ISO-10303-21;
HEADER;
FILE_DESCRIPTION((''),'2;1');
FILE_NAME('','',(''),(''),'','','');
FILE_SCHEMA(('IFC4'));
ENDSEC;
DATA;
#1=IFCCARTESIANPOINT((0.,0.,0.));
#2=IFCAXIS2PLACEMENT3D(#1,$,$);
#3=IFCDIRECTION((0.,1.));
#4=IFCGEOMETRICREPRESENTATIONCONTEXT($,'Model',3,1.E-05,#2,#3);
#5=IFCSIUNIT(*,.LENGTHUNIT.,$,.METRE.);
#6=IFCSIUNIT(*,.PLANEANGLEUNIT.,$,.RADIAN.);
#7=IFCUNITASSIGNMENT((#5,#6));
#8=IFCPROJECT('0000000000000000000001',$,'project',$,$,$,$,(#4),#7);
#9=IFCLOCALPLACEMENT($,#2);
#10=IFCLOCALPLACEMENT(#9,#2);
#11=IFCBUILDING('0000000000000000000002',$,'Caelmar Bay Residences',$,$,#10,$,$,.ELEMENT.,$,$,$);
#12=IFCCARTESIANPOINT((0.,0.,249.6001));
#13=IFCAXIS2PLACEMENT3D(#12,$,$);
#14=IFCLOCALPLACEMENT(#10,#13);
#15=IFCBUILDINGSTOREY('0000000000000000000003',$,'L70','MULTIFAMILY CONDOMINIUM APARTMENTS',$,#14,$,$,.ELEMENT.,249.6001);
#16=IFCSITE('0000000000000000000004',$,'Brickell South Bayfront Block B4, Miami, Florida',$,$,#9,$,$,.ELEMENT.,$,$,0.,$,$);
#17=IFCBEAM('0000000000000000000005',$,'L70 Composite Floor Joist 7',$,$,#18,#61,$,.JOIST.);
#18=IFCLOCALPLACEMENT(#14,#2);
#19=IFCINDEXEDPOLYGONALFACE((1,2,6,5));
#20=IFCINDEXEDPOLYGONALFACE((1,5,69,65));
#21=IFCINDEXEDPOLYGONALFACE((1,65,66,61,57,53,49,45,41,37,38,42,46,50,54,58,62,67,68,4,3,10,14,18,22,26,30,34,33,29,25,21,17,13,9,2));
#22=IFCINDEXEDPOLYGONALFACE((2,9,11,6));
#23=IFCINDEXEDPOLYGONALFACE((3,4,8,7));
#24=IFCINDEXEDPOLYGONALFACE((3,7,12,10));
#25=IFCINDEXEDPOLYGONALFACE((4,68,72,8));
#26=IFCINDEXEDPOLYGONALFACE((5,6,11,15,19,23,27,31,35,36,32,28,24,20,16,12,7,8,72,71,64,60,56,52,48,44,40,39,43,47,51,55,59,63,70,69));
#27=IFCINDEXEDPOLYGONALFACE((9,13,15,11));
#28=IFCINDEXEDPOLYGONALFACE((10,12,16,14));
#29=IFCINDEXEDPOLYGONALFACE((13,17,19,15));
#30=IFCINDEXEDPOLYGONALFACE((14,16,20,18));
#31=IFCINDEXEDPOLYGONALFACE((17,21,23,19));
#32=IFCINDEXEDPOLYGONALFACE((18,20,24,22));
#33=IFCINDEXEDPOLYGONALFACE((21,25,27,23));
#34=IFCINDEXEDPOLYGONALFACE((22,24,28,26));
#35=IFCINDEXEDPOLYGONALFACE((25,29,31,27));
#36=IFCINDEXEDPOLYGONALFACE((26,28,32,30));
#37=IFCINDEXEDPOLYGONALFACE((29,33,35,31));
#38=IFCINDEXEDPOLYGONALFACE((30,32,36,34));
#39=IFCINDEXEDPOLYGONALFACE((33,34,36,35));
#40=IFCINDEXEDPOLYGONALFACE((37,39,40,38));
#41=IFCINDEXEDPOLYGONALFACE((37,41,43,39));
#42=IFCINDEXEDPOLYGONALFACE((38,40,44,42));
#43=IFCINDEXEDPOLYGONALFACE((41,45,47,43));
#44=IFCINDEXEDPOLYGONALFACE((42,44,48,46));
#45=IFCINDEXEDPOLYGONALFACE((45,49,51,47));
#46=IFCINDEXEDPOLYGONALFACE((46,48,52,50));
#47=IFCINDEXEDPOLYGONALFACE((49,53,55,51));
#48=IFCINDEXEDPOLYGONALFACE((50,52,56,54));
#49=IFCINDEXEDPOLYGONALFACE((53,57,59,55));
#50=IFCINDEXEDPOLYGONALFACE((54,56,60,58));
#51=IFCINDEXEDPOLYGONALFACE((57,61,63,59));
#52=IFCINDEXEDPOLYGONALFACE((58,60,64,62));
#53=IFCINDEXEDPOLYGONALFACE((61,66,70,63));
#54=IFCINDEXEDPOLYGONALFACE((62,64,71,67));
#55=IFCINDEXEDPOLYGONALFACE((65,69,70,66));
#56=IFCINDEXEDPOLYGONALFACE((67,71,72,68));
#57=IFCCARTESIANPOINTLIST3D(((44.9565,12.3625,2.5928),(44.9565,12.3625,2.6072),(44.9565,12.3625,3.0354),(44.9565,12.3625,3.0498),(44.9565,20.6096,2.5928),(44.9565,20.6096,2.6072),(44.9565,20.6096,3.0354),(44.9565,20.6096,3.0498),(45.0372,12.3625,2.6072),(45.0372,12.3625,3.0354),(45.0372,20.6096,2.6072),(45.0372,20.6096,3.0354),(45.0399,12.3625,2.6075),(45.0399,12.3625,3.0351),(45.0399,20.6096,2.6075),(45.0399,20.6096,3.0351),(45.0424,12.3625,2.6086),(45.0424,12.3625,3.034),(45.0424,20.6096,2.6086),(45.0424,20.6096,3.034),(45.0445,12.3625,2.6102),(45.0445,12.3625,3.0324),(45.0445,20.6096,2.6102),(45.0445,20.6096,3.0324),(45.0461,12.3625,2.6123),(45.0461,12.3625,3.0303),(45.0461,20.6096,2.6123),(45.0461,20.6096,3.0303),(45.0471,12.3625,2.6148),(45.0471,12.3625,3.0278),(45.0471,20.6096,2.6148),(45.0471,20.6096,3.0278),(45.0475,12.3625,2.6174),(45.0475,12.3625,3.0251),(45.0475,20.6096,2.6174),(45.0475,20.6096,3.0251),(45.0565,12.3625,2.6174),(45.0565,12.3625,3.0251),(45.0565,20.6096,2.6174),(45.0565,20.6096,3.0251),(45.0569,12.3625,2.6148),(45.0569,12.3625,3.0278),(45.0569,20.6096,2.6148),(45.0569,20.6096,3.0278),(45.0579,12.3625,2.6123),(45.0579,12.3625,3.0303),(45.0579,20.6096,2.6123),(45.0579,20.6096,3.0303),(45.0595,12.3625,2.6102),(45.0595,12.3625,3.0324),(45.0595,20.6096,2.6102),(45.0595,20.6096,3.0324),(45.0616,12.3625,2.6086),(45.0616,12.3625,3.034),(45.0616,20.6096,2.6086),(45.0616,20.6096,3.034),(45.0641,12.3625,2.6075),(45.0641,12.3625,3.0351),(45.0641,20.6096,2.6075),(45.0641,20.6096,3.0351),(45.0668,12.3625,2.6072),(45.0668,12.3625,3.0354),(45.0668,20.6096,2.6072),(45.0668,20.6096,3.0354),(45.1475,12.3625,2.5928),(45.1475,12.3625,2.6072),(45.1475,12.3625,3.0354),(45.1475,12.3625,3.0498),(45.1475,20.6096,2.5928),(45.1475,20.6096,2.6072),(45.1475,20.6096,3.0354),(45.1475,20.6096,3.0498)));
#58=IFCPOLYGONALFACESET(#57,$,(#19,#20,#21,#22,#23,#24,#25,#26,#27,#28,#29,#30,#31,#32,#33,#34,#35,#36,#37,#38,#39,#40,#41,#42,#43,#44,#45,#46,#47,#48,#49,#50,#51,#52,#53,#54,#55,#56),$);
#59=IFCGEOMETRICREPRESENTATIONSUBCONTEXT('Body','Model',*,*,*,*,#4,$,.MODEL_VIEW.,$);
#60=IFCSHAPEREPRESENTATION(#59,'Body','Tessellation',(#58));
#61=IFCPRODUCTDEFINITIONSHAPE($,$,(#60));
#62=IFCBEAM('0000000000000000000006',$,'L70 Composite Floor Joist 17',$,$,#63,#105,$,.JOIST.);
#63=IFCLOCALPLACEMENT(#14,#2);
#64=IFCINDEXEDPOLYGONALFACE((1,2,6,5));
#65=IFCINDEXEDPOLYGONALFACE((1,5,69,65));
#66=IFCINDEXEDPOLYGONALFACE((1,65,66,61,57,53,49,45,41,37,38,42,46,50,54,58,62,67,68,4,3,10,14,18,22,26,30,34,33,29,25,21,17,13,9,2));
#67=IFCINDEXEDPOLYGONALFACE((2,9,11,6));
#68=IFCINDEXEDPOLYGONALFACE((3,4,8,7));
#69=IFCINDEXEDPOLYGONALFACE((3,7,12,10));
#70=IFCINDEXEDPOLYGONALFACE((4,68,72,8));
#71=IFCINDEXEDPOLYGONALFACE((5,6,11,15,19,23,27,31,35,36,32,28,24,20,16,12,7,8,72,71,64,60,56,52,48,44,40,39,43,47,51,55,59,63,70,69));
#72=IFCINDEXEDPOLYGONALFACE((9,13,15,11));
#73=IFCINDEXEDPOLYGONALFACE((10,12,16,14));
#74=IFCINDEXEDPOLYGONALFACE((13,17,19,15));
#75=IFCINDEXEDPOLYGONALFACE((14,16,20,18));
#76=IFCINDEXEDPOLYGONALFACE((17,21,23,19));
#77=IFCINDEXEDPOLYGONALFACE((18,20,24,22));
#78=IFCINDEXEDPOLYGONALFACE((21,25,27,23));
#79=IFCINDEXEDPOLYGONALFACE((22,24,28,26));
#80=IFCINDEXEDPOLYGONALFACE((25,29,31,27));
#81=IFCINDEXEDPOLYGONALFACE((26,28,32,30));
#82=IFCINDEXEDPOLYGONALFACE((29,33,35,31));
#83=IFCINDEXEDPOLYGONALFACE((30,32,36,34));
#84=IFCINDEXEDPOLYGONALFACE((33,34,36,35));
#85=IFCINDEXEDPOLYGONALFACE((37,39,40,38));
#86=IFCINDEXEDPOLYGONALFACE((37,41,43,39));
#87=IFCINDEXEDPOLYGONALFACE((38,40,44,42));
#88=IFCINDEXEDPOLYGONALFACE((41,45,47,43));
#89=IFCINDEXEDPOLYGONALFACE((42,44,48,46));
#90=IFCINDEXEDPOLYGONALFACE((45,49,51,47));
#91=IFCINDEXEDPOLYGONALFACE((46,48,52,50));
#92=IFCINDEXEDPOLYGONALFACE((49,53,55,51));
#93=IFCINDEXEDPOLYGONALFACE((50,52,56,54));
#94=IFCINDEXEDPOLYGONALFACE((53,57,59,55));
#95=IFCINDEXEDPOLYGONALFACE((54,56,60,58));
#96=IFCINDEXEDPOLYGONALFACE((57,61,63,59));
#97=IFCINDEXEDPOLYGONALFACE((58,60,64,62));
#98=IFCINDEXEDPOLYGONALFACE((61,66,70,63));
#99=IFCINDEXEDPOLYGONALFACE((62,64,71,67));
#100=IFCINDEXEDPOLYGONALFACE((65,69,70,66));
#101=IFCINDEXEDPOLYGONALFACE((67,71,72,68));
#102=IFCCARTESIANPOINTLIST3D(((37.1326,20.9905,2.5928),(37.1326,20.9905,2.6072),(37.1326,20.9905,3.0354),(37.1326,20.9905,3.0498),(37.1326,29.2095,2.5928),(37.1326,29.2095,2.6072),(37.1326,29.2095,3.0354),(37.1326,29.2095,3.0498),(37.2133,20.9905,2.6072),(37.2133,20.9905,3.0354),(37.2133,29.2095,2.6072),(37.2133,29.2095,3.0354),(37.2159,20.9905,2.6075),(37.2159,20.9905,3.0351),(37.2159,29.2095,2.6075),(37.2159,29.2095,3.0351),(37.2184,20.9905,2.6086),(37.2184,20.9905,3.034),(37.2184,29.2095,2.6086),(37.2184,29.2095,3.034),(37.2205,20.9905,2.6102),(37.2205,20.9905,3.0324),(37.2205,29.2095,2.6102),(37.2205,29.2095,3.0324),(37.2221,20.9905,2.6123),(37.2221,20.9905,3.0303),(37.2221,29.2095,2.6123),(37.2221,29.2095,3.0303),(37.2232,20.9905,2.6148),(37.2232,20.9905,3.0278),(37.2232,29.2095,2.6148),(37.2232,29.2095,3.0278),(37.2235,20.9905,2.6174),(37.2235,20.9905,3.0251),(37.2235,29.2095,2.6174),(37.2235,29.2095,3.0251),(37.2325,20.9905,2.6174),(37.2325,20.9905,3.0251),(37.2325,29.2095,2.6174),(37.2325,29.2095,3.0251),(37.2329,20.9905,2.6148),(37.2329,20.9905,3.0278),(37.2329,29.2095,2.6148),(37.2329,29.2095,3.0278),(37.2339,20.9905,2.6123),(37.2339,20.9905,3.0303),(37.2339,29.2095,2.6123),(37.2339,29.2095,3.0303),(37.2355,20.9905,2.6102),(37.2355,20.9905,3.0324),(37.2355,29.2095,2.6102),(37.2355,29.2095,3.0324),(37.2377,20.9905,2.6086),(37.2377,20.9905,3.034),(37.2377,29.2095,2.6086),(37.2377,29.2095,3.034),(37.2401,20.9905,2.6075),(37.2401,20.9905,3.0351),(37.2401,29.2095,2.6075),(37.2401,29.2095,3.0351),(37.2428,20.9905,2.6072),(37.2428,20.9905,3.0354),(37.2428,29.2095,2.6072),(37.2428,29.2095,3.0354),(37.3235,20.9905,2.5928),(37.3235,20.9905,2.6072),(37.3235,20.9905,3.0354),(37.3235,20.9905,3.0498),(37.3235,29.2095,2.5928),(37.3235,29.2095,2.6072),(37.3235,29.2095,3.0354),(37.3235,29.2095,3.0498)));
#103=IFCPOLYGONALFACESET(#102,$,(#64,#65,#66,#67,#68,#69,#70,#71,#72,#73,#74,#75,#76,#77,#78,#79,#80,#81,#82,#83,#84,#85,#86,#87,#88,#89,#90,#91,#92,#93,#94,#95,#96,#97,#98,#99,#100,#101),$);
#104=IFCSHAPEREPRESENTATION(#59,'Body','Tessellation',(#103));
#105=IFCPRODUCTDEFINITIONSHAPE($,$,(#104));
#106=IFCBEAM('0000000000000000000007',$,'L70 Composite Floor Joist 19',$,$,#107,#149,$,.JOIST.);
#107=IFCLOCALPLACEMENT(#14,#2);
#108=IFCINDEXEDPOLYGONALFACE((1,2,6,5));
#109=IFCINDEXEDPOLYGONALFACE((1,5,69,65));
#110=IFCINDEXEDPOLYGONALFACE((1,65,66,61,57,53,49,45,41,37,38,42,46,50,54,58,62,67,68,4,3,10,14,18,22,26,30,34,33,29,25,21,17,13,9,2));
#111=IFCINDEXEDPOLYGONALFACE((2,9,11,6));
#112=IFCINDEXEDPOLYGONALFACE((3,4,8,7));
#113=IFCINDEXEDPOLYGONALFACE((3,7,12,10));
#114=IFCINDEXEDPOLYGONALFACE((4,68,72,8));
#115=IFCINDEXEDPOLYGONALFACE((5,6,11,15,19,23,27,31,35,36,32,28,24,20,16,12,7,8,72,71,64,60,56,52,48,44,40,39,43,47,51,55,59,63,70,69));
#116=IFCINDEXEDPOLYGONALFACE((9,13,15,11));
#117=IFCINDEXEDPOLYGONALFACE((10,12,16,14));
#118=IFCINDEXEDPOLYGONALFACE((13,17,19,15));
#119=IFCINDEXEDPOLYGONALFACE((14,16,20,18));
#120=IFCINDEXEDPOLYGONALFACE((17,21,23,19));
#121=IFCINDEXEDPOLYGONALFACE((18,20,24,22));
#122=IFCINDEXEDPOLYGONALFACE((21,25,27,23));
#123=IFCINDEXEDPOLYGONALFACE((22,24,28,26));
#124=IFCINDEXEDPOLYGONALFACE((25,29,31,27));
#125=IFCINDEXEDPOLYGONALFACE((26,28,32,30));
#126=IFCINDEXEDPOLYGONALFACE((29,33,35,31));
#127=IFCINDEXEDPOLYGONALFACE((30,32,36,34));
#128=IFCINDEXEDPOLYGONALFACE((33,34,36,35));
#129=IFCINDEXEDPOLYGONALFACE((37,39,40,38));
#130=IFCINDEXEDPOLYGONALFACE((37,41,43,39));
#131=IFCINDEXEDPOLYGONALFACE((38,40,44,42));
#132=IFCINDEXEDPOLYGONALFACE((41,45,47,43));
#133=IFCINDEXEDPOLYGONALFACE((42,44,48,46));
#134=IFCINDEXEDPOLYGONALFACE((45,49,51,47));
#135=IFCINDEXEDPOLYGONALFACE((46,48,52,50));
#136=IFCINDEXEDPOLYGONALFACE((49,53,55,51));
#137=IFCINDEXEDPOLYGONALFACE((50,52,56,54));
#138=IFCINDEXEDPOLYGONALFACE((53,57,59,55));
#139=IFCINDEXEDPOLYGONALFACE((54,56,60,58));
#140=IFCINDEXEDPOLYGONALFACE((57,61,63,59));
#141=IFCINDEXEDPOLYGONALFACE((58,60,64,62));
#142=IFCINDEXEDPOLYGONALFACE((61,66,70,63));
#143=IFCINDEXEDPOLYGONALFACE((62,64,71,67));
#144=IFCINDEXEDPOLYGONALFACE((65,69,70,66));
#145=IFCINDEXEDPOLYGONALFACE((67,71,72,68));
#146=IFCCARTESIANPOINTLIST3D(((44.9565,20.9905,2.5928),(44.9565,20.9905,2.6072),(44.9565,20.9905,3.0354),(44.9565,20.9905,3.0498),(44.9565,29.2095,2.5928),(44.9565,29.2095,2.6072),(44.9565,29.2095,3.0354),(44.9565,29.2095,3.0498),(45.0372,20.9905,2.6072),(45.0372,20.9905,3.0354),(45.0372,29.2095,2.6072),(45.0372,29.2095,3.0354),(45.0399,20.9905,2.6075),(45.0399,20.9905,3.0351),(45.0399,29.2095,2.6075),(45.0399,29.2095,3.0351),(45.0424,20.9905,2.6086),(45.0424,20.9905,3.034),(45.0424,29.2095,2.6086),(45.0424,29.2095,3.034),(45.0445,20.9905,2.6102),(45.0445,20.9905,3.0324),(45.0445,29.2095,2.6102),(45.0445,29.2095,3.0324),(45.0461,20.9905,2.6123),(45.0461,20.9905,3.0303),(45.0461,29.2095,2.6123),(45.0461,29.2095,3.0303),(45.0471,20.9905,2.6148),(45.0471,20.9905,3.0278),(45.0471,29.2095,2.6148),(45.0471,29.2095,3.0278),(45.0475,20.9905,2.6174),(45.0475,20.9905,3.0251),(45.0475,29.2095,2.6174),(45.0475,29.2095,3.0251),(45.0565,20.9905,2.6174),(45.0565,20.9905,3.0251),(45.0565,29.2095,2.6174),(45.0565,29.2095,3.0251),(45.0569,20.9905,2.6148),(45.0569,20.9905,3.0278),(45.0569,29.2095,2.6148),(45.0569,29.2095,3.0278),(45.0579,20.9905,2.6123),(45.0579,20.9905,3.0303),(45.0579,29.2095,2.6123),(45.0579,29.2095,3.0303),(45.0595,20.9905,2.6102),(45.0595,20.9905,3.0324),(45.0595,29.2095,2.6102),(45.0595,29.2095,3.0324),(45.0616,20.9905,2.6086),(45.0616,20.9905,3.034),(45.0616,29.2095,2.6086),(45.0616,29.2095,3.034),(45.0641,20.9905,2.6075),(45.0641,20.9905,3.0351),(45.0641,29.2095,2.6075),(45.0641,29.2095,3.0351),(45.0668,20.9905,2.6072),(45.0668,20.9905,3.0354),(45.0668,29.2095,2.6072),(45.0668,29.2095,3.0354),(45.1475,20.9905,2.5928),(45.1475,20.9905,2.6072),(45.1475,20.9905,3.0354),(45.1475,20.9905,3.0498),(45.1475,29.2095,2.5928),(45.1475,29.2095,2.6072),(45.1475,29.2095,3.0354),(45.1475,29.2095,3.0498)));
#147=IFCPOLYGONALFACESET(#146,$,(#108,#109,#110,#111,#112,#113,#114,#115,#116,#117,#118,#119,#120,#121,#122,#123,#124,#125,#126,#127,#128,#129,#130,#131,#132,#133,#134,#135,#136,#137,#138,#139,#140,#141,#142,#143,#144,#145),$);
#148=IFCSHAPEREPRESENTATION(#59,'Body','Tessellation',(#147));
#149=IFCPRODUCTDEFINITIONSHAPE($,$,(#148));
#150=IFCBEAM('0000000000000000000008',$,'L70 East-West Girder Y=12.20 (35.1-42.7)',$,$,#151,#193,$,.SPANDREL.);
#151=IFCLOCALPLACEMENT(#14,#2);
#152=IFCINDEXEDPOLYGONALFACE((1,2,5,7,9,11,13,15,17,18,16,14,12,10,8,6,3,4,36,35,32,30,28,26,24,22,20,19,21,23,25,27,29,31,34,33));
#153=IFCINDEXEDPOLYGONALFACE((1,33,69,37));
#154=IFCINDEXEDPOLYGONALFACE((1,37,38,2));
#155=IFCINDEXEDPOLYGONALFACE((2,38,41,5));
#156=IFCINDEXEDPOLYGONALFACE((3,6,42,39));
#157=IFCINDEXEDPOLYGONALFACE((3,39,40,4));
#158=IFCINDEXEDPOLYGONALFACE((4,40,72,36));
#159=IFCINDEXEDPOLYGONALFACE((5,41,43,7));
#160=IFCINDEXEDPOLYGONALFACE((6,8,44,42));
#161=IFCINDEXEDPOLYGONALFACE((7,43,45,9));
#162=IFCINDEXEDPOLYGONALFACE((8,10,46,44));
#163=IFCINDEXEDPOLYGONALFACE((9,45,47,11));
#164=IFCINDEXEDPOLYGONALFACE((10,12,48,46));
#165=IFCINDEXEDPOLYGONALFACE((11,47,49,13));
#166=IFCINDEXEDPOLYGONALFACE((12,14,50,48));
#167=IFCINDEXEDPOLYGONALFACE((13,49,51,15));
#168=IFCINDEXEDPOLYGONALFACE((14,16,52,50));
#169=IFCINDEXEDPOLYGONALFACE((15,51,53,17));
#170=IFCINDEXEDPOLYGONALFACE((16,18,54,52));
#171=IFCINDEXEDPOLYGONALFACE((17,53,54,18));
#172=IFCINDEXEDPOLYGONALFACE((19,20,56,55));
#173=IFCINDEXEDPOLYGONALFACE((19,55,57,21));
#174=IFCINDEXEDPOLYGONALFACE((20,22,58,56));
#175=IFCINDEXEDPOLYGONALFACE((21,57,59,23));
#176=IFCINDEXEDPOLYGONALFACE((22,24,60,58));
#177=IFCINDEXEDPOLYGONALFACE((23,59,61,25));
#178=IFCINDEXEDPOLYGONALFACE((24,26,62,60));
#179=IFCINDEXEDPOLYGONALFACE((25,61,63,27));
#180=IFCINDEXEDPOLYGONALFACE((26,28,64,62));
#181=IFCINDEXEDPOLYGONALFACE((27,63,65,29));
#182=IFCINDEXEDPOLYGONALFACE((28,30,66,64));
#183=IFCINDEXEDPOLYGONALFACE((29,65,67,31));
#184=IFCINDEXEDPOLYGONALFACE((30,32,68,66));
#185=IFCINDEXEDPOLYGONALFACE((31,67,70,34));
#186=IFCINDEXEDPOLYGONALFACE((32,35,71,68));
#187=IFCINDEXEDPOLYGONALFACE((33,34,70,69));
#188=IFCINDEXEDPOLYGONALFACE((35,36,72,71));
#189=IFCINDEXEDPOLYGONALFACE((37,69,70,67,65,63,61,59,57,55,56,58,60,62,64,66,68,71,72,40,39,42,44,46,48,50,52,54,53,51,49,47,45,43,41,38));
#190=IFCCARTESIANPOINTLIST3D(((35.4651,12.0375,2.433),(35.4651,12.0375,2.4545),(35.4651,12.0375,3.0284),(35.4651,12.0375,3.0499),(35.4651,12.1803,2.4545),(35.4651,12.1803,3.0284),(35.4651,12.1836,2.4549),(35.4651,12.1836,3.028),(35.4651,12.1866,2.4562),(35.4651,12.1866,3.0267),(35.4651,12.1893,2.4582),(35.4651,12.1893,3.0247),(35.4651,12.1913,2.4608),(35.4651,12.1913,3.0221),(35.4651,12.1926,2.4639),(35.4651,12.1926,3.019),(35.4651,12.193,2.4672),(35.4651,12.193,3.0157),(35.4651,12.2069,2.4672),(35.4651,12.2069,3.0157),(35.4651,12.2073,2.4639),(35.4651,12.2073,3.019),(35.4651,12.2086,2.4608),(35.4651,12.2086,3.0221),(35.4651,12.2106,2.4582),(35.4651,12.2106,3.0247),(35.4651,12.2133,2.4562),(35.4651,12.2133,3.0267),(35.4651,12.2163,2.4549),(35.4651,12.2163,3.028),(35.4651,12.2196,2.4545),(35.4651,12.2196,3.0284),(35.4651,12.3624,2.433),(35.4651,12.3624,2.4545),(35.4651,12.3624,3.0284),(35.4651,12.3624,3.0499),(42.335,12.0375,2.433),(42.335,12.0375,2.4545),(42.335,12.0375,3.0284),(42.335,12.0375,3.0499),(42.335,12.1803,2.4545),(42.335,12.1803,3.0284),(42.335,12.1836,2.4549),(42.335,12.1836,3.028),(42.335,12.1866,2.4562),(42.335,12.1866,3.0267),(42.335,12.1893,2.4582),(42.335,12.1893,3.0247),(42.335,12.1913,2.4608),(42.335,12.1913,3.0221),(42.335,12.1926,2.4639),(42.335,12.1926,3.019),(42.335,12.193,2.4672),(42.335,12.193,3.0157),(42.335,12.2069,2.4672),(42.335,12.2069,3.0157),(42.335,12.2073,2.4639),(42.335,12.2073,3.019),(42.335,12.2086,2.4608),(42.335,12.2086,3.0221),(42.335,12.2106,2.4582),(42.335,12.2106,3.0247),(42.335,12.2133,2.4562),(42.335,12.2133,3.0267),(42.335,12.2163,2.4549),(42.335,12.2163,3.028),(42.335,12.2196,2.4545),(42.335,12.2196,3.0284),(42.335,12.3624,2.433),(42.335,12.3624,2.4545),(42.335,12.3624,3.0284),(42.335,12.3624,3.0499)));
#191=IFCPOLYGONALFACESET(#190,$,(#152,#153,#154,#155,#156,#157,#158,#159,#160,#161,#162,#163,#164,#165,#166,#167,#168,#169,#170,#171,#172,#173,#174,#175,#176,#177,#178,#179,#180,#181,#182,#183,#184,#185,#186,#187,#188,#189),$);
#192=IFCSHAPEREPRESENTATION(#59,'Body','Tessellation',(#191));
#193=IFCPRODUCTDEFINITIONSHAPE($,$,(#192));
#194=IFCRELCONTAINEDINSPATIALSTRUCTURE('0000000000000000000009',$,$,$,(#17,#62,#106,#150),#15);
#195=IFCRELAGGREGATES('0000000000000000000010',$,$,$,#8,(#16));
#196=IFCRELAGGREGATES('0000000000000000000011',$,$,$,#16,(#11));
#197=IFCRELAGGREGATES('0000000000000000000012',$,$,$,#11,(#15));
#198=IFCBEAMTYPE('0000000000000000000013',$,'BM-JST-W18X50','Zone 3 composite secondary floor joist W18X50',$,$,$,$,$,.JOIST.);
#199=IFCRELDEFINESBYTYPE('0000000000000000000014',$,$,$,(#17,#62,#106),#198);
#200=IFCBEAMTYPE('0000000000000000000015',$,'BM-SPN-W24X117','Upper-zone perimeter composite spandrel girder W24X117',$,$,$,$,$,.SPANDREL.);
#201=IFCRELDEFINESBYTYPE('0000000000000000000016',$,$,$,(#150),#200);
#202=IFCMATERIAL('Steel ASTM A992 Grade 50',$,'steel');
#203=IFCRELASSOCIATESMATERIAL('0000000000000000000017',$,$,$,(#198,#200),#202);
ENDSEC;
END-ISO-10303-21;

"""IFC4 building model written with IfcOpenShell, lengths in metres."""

from ifc_helpers import new_model, si_unit, direction, frame, origin, origin_2d, place, context, subcontext, project, spatial, i_section, extrude, material, material_profile, profile_set, type_object, element, save


model = new_model("IFC4")

# Units and contexts
model_context = context("Model", 3, precision=1e-05, world=origin(), true_north=direction((0.0, 1.0)))
body_context = subcontext(model_context, "Body", "Model", "MODEL_VIEW")
ifc_project = project(units=[si_unit("LENGTHUNIT", "METRE"), si_unit("PLANEANGLEUNIT", "RADIAN")], contexts=[model_context])

# Site, building, storey
site_placement = place(None, origin())
site = spatial("IfcSite", under=ifc_project, at=site_placement, Name="Brickell South Bayfront Block B4, Miami, Florida", CompositionType="ELEMENT", RefElevation=0.0)
building_placement = place(site_placement, origin())
building = spatial("IfcBuilding", under=site, at=building_placement, Name="Caelmar Bay Residences", CompositionType="ELEMENT")
storey_placement = place(building_placement, frame((0.0, 0.0, 249.6001)))
storey = spatial("IfcBuildingStorey", under=building, at=storey_placement, Name="L70", Description="MULTIFAMILY CONDOMINIUM APARTMENTS", CompositionType="ELEMENT", Elevation=249.6001)

# Beams
ifc_material_1 = material(Name="Steel ASTM A992 Grade 50", Category="steel")
ifc_material_profile_1 = material_profile(ifc_material_1, i_section(OverallWidth=0.1909, OverallDepth=0.457, WebThickness=0.009, FlangeThickness=0.0144, FilletRadius=0.0103, at=origin_2d()), Name="W18X50")
ifc_profile_set_1 = profile_set([ifc_material_profile_1], Name="Steel ASTM A992 Grade 50")
beam_type_1 = type_object("IfcBeamType", Name="BM-JST-W18X50", Description="Zone 3 composite secondary floor joist W18X50", PredefinedType="JOIST", material=ifc_profile_set_1)
for number, where, z_axis, x_axis, name in (
    (1, (45.052, 12.3625, 2.8213), (0.0, 1.0, 0.0), (-1.0, 0.0, 0.0), "L70 Composite Floor Joist 7"),
):
    element("IfcBeam", number, at=place(storey_placement, frame(where, z_axis=z_axis, x_axis=x_axis)), inside=storey, type_object=beam_type_1, Name=name, PredefinedType="JOIST", context=body_context, shape_type="SweptSolid", body=[
        extrude(i_section(OverallWidth=0.1909, OverallDepth=0.457, WebThickness=0.009, FlangeThickness=0.0144, FilletRadius=0.0103, at=origin_2d()), origin(), (0.0, 0.0, 1.0), 8.2471),
    ])
for number, where, z_axis, x_axis, name in (
    (2, (37.228, 20.9905, 2.8213), (0.0, 1.0, 0.0), (-1.0, 0.0, 0.0), "L70 Composite Floor Joist 17"),
    (3, (45.052, 20.9905, 2.8213), (0.0, 1.0, 0.0), (-1.0, 0.0, 0.0), "L70 Composite Floor Joist 19"),
):
    element("IfcBeam", number, at=place(storey_placement, frame(where, z_axis=z_axis, x_axis=x_axis)), inside=storey, type_object=beam_type_1, Name=name, PredefinedType="JOIST", context=body_context, shape_type="SweptSolid", body=[
        extrude(i_section(OverallWidth=0.1909, OverallDepth=0.457, WebThickness=0.009, FlangeThickness=0.0144, FilletRadius=0.0103, at=origin_2d()), origin(), (0.0, 0.0, 1.0), 8.219),
    ])
ifc_material_profile_2 = material_profile(ifc_material_1, i_section(OverallWidth=0.325, OverallDepth=0.6169, WebThickness=0.0139, FlangeThickness=0.0215, FilletRadius=0.0127, at=origin_2d()), Name="W24X117")
ifc_profile_set_2 = profile_set([ifc_material_profile_2], Name="Steel ASTM A992 Grade 50")
beam_type_2 = type_object("IfcBeamType", Name="BM-SPN-W24X117", Description="Upper-zone perimeter composite spandrel girder W24X117", PredefinedType="SPANDREL", material=ifc_profile_set_2)
beam_1_placement = place(storey_placement, frame((35.4651, 12.2, 2.7415), z_axis=(1.0, 0.0, 0.0), x_axis=(0.0, 1.0, 0.0)))
element("IfcBeam", 4, at=beam_1_placement, inside=storey, type_object=beam_type_2, Name="L70 East-West Girder Y=12.20 (35.1-42.7)", PredefinedType="SPANDREL", context=body_context, shape_type="SweptSolid", body=[
    extrude(i_section(OverallWidth=0.325, OverallDepth=0.6169, WebThickness=0.0139, FlangeThickness=0.0215, FilletRadius=0.0127, at=origin_2d()), origin(), (0.0, 0.0, 1.0), 6.8699),
])

save(model, "model.ifc")
